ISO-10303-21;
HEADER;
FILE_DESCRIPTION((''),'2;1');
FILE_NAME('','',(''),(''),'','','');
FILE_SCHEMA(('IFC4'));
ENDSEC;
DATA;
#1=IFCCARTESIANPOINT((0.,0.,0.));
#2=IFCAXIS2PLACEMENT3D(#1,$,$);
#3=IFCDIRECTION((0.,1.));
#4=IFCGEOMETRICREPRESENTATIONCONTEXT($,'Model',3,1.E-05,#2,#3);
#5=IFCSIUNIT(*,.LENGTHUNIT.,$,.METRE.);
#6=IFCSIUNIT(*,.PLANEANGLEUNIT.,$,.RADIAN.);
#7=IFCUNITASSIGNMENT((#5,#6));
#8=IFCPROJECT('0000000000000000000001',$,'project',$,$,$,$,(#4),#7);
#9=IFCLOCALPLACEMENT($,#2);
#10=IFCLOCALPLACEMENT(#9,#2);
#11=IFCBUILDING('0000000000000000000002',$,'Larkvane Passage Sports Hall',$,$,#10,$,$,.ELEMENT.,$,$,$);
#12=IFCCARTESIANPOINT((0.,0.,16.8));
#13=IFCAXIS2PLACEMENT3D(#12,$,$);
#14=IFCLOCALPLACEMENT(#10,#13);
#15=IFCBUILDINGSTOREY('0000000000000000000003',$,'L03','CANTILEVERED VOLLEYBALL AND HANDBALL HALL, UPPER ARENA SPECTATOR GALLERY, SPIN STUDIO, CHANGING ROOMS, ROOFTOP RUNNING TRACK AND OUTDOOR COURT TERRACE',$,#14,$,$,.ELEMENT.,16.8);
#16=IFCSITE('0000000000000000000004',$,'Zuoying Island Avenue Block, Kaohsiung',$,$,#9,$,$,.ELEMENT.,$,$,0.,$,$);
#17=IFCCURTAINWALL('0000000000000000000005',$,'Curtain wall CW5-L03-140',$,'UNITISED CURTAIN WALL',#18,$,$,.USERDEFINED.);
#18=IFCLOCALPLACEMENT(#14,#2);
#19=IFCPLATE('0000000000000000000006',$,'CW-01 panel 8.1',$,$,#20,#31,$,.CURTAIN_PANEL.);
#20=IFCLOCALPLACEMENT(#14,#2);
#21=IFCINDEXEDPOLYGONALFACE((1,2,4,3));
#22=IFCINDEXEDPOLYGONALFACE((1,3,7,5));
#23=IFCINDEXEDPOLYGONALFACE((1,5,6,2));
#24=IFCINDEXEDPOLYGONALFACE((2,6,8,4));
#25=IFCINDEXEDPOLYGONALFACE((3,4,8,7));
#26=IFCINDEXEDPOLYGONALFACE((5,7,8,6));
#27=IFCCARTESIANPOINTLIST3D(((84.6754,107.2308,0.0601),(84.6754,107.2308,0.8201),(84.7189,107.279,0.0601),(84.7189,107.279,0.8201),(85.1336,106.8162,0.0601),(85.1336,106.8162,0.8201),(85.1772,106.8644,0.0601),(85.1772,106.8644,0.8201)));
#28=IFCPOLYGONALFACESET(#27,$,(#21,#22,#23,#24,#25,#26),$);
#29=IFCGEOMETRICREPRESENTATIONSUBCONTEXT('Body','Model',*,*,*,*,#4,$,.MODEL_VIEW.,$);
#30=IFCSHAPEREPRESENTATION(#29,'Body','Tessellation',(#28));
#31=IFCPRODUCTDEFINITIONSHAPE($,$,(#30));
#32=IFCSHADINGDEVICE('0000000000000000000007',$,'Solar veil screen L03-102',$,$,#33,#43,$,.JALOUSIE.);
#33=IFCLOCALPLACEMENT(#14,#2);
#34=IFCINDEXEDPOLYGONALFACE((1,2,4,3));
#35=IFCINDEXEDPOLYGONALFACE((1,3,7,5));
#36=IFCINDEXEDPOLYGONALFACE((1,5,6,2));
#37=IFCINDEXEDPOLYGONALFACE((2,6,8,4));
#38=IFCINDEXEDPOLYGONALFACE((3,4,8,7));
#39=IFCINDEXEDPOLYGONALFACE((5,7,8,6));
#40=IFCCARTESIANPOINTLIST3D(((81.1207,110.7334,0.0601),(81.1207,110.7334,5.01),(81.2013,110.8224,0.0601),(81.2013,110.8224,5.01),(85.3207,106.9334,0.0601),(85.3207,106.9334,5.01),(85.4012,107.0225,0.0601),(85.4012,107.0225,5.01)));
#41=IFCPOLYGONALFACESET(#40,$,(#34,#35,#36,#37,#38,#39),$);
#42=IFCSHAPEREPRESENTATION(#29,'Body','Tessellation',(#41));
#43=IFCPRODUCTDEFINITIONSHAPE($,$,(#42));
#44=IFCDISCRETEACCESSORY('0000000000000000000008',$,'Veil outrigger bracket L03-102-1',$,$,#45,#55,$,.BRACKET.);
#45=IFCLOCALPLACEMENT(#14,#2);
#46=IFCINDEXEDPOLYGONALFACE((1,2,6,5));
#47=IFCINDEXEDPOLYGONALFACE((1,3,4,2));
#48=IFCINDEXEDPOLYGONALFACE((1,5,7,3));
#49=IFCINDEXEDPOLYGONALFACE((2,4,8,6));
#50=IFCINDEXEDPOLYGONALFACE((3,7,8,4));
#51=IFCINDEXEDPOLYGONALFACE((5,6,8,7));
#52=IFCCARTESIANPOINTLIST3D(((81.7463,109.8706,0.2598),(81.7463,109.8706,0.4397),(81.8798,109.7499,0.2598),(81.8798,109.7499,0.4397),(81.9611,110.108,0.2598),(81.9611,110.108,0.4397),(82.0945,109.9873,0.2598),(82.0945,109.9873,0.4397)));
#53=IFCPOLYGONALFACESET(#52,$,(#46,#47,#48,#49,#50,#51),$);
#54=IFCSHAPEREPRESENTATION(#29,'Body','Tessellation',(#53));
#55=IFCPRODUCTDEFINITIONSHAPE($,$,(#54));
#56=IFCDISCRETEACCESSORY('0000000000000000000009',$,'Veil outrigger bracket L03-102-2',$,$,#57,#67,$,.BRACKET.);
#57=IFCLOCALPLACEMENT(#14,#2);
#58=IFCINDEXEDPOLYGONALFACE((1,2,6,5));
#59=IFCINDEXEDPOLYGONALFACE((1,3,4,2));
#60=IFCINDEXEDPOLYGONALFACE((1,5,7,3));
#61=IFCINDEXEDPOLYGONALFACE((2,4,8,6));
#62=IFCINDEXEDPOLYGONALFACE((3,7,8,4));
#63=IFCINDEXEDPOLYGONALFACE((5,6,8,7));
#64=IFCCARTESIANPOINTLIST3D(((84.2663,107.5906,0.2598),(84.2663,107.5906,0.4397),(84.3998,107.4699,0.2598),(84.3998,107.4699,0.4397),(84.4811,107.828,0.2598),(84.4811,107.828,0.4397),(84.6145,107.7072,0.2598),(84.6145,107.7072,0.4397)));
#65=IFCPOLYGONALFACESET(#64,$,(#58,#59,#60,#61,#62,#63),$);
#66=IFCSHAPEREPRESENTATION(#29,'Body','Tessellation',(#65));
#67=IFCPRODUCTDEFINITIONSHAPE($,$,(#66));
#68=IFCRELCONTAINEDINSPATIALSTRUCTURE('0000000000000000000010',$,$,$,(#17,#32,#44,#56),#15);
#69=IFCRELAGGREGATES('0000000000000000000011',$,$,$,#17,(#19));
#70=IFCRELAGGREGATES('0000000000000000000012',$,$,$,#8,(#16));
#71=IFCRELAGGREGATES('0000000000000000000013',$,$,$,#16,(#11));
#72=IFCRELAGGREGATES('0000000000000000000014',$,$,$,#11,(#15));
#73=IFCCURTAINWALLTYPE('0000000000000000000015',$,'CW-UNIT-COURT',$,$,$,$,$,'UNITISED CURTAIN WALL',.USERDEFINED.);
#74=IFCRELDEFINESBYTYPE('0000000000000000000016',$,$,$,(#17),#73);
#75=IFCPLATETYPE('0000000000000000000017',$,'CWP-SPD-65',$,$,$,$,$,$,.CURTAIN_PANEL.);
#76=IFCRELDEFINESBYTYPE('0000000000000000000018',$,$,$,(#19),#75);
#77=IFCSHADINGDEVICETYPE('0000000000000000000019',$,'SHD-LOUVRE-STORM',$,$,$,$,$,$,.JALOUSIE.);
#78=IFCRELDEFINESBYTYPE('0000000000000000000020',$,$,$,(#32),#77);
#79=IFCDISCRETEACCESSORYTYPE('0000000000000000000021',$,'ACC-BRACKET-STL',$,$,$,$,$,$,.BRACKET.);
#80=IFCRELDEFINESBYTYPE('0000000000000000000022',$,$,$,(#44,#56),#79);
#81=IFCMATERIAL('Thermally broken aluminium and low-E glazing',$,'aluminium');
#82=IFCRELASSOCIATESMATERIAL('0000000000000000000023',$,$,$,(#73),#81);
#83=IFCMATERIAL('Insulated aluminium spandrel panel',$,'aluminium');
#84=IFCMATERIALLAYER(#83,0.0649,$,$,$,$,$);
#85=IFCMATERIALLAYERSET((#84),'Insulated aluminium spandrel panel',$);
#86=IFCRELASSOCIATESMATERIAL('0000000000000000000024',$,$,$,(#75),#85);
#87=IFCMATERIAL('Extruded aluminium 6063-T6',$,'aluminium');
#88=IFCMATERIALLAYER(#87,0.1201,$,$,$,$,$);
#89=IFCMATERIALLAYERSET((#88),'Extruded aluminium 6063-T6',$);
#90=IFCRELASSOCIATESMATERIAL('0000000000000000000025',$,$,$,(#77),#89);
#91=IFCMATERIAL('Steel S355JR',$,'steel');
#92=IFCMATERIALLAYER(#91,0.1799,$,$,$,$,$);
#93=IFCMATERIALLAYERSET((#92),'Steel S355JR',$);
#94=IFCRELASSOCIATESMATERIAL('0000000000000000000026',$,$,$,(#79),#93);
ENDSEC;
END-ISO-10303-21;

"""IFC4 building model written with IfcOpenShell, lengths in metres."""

from ifc_helpers import new_model, si_unit, direction, frame, origin, origin_2d, place, context, subcontext, project, spatial, rectangle, extrude, material, layer, layer_set, type_object, element, aggregate, save


model = new_model("IFC4")

# Units and contexts
model_context = context("Model", 3, precision=1e-05, world=origin(), true_north=direction((0.0, 1.0)))
body_context = subcontext(model_context, "Body", "Model", "MODEL_VIEW")
ifc_project = project(units=[si_unit("LENGTHUNIT", "METRE"), si_unit("PLANEANGLEUNIT", "RADIAN")], contexts=[model_context])

# Site, building, storey
site_placement = place(None, origin())
site = spatial("IfcSite", under=ifc_project, at=site_placement, Name="Zuoying Island Avenue Block, Kaohsiung", CompositionType="ELEMENT", RefElevation=0.0)
building_placement = place(site_placement, origin())
building = spatial("IfcBuilding", under=site, at=building_placement, Name="Larkvane Passage Sports Hall", CompositionType="ELEMENT")
storey_placement = place(building_placement, frame((0.0, 0.0, 16.8)))
storey = spatial("IfcBuildingStorey", under=building, at=storey_placement, Name="L03", Description="CANTILEVERED VOLLEYBALL AND HANDBALL HALL, UPPER ARENA SPECTATOR GALLERY, SPIN STUDIO, CHANGING ROOMS, ROOFTOP RUNNING TRACK AND OUTDOOR COURT TERRACE", CompositionType="ELEMENT", Elevation=16.8)

# Curtain wall, plate
ifc_material_1 = material(Name="Thermally broken aluminium and low-E glazing", Category="aluminium")
curtain_wall_type = type_object("IfcCurtainWallType", Name="CW-UNIT-COURT", ElementType="UNITISED CURTAIN WALL", PredefinedType="USERDEFINED", material=ifc_material_1)
curtain_wall_placement = place(storey_placement, origin())
curtain_wall = element("IfcCurtainWall", 1, at=curtain_wall_placement, inside=storey, type_object=curtain_wall_type, Name="Curtain wall CW5-L03-140", ObjectType="UNITISED CURTAIN WALL", PredefinedType="USERDEFINED")
ifc_material_2 = material(Name="Insulated aluminium spandrel panel", Category="aluminium")
ifc_layer_1 = layer(ifc_material_2, 0.0649)
ifc_layer_set_1 = layer_set([ifc_layer_1], Name="Insulated aluminium spandrel panel")
plate_type = type_object("IfcPlateType", Name="CWP-SPD-65", PredefinedType="CURTAIN_PANEL", material=ifc_layer_set_1)
plate_1_placement = place(storey_placement, frame((84.9263, 107.0476, 0.0601), z_axis=(0.0, 0.0, 1.0), x_axis=(0.741536, -0.670913, 0.0)))
plate_1 = element("IfcPlate", 2, at=plate_1_placement, type_object=plate_type, Name="CW-01 panel 8.1", PredefinedType="CURTAIN_PANEL", context=body_context, shape_type="SweptSolid", body=[
    extrude(rectangle(XDim=0.6179, YDim=0.0649, at=origin_2d()), origin(), (0.0, 0.0, 1.0), 0.76),
])
aggregate(curtain_wall, [plate_1])

# Shading device
ifc_material_3 = material(Name="Extruded aluminium 6063-T6", Category="aluminium")
ifc_layer_2 = layer(ifc_material_3, 0.1201)
ifc_layer_set_2 = layer_set([ifc_layer_2], Name="Extruded aluminium 6063-T6")
shading_device_type = type_object("IfcShadingDeviceType", Name="SHD-LOUVRE-STORM", PredefinedType="JALOUSIE", material=ifc_layer_set_2)
shading_device_placement = place(storey_placement, frame((83.261, 108.8779, 0.0601), z_axis=(0.0, 0.0, 1.0), x_axis=(0.741536, -0.670913, 0.0)))
element("IfcShadingDevice", 3, at=shading_device_placement, inside=storey, type_object=shading_device_type, Name="Solar veil screen L03-102", PredefinedType="JALOUSIE", context=body_context, shape_type="SweptSolid", body=[
    extrude(rectangle(XDim=5.6638, YDim=0.1201, at=origin_2d()), origin(), (0.0, 0.0, 1.0), 4.95),
])

# Discrete accessories
ifc_material_4 = material(Name="Steel S355JR", Category="steel")
ifc_layer_3 = layer(ifc_material_4, 0.1799)
ifc_layer_set_3 = layer_set([ifc_layer_3], Name="Steel S355JR")
discrete_accessory_type = type_object("IfcDiscreteAccessoryType", Name="ACC-BRACKET-STL", PredefinedType="BRACKET", material=ifc_layer_set_3)
for number, where, z_axis, x_axis, name in (
    (4, (81.9204, 109.929, 0.2598), (0.0, 0.0, 1.0), (0.741536, -0.670913, 0.0), "Veil outrigger bracket L03-102-1"),
    (5, (84.4404, 107.6489, 0.2598), (0.0, 0.0, 1.0), (0.741536, -0.670913, 0.0), "Veil outrigger bracket L03-102-2"),
):
    element("IfcDiscreteAccessory", number, at=place(storey_placement, frame(where, z_axis=z_axis, x_axis=x_axis)), inside=storey, type_object=discrete_accessory_type, Name=name, PredefinedType="BRACKET", context=body_context, shape_type="SweptSolid", body=[
        extrude(rectangle(XDim=0.1799, YDim=0.3201, at=origin_2d()), origin(), (0.0, 0.0, 1.0), 0.1799),
    ])

save(model, "model.ifc")
